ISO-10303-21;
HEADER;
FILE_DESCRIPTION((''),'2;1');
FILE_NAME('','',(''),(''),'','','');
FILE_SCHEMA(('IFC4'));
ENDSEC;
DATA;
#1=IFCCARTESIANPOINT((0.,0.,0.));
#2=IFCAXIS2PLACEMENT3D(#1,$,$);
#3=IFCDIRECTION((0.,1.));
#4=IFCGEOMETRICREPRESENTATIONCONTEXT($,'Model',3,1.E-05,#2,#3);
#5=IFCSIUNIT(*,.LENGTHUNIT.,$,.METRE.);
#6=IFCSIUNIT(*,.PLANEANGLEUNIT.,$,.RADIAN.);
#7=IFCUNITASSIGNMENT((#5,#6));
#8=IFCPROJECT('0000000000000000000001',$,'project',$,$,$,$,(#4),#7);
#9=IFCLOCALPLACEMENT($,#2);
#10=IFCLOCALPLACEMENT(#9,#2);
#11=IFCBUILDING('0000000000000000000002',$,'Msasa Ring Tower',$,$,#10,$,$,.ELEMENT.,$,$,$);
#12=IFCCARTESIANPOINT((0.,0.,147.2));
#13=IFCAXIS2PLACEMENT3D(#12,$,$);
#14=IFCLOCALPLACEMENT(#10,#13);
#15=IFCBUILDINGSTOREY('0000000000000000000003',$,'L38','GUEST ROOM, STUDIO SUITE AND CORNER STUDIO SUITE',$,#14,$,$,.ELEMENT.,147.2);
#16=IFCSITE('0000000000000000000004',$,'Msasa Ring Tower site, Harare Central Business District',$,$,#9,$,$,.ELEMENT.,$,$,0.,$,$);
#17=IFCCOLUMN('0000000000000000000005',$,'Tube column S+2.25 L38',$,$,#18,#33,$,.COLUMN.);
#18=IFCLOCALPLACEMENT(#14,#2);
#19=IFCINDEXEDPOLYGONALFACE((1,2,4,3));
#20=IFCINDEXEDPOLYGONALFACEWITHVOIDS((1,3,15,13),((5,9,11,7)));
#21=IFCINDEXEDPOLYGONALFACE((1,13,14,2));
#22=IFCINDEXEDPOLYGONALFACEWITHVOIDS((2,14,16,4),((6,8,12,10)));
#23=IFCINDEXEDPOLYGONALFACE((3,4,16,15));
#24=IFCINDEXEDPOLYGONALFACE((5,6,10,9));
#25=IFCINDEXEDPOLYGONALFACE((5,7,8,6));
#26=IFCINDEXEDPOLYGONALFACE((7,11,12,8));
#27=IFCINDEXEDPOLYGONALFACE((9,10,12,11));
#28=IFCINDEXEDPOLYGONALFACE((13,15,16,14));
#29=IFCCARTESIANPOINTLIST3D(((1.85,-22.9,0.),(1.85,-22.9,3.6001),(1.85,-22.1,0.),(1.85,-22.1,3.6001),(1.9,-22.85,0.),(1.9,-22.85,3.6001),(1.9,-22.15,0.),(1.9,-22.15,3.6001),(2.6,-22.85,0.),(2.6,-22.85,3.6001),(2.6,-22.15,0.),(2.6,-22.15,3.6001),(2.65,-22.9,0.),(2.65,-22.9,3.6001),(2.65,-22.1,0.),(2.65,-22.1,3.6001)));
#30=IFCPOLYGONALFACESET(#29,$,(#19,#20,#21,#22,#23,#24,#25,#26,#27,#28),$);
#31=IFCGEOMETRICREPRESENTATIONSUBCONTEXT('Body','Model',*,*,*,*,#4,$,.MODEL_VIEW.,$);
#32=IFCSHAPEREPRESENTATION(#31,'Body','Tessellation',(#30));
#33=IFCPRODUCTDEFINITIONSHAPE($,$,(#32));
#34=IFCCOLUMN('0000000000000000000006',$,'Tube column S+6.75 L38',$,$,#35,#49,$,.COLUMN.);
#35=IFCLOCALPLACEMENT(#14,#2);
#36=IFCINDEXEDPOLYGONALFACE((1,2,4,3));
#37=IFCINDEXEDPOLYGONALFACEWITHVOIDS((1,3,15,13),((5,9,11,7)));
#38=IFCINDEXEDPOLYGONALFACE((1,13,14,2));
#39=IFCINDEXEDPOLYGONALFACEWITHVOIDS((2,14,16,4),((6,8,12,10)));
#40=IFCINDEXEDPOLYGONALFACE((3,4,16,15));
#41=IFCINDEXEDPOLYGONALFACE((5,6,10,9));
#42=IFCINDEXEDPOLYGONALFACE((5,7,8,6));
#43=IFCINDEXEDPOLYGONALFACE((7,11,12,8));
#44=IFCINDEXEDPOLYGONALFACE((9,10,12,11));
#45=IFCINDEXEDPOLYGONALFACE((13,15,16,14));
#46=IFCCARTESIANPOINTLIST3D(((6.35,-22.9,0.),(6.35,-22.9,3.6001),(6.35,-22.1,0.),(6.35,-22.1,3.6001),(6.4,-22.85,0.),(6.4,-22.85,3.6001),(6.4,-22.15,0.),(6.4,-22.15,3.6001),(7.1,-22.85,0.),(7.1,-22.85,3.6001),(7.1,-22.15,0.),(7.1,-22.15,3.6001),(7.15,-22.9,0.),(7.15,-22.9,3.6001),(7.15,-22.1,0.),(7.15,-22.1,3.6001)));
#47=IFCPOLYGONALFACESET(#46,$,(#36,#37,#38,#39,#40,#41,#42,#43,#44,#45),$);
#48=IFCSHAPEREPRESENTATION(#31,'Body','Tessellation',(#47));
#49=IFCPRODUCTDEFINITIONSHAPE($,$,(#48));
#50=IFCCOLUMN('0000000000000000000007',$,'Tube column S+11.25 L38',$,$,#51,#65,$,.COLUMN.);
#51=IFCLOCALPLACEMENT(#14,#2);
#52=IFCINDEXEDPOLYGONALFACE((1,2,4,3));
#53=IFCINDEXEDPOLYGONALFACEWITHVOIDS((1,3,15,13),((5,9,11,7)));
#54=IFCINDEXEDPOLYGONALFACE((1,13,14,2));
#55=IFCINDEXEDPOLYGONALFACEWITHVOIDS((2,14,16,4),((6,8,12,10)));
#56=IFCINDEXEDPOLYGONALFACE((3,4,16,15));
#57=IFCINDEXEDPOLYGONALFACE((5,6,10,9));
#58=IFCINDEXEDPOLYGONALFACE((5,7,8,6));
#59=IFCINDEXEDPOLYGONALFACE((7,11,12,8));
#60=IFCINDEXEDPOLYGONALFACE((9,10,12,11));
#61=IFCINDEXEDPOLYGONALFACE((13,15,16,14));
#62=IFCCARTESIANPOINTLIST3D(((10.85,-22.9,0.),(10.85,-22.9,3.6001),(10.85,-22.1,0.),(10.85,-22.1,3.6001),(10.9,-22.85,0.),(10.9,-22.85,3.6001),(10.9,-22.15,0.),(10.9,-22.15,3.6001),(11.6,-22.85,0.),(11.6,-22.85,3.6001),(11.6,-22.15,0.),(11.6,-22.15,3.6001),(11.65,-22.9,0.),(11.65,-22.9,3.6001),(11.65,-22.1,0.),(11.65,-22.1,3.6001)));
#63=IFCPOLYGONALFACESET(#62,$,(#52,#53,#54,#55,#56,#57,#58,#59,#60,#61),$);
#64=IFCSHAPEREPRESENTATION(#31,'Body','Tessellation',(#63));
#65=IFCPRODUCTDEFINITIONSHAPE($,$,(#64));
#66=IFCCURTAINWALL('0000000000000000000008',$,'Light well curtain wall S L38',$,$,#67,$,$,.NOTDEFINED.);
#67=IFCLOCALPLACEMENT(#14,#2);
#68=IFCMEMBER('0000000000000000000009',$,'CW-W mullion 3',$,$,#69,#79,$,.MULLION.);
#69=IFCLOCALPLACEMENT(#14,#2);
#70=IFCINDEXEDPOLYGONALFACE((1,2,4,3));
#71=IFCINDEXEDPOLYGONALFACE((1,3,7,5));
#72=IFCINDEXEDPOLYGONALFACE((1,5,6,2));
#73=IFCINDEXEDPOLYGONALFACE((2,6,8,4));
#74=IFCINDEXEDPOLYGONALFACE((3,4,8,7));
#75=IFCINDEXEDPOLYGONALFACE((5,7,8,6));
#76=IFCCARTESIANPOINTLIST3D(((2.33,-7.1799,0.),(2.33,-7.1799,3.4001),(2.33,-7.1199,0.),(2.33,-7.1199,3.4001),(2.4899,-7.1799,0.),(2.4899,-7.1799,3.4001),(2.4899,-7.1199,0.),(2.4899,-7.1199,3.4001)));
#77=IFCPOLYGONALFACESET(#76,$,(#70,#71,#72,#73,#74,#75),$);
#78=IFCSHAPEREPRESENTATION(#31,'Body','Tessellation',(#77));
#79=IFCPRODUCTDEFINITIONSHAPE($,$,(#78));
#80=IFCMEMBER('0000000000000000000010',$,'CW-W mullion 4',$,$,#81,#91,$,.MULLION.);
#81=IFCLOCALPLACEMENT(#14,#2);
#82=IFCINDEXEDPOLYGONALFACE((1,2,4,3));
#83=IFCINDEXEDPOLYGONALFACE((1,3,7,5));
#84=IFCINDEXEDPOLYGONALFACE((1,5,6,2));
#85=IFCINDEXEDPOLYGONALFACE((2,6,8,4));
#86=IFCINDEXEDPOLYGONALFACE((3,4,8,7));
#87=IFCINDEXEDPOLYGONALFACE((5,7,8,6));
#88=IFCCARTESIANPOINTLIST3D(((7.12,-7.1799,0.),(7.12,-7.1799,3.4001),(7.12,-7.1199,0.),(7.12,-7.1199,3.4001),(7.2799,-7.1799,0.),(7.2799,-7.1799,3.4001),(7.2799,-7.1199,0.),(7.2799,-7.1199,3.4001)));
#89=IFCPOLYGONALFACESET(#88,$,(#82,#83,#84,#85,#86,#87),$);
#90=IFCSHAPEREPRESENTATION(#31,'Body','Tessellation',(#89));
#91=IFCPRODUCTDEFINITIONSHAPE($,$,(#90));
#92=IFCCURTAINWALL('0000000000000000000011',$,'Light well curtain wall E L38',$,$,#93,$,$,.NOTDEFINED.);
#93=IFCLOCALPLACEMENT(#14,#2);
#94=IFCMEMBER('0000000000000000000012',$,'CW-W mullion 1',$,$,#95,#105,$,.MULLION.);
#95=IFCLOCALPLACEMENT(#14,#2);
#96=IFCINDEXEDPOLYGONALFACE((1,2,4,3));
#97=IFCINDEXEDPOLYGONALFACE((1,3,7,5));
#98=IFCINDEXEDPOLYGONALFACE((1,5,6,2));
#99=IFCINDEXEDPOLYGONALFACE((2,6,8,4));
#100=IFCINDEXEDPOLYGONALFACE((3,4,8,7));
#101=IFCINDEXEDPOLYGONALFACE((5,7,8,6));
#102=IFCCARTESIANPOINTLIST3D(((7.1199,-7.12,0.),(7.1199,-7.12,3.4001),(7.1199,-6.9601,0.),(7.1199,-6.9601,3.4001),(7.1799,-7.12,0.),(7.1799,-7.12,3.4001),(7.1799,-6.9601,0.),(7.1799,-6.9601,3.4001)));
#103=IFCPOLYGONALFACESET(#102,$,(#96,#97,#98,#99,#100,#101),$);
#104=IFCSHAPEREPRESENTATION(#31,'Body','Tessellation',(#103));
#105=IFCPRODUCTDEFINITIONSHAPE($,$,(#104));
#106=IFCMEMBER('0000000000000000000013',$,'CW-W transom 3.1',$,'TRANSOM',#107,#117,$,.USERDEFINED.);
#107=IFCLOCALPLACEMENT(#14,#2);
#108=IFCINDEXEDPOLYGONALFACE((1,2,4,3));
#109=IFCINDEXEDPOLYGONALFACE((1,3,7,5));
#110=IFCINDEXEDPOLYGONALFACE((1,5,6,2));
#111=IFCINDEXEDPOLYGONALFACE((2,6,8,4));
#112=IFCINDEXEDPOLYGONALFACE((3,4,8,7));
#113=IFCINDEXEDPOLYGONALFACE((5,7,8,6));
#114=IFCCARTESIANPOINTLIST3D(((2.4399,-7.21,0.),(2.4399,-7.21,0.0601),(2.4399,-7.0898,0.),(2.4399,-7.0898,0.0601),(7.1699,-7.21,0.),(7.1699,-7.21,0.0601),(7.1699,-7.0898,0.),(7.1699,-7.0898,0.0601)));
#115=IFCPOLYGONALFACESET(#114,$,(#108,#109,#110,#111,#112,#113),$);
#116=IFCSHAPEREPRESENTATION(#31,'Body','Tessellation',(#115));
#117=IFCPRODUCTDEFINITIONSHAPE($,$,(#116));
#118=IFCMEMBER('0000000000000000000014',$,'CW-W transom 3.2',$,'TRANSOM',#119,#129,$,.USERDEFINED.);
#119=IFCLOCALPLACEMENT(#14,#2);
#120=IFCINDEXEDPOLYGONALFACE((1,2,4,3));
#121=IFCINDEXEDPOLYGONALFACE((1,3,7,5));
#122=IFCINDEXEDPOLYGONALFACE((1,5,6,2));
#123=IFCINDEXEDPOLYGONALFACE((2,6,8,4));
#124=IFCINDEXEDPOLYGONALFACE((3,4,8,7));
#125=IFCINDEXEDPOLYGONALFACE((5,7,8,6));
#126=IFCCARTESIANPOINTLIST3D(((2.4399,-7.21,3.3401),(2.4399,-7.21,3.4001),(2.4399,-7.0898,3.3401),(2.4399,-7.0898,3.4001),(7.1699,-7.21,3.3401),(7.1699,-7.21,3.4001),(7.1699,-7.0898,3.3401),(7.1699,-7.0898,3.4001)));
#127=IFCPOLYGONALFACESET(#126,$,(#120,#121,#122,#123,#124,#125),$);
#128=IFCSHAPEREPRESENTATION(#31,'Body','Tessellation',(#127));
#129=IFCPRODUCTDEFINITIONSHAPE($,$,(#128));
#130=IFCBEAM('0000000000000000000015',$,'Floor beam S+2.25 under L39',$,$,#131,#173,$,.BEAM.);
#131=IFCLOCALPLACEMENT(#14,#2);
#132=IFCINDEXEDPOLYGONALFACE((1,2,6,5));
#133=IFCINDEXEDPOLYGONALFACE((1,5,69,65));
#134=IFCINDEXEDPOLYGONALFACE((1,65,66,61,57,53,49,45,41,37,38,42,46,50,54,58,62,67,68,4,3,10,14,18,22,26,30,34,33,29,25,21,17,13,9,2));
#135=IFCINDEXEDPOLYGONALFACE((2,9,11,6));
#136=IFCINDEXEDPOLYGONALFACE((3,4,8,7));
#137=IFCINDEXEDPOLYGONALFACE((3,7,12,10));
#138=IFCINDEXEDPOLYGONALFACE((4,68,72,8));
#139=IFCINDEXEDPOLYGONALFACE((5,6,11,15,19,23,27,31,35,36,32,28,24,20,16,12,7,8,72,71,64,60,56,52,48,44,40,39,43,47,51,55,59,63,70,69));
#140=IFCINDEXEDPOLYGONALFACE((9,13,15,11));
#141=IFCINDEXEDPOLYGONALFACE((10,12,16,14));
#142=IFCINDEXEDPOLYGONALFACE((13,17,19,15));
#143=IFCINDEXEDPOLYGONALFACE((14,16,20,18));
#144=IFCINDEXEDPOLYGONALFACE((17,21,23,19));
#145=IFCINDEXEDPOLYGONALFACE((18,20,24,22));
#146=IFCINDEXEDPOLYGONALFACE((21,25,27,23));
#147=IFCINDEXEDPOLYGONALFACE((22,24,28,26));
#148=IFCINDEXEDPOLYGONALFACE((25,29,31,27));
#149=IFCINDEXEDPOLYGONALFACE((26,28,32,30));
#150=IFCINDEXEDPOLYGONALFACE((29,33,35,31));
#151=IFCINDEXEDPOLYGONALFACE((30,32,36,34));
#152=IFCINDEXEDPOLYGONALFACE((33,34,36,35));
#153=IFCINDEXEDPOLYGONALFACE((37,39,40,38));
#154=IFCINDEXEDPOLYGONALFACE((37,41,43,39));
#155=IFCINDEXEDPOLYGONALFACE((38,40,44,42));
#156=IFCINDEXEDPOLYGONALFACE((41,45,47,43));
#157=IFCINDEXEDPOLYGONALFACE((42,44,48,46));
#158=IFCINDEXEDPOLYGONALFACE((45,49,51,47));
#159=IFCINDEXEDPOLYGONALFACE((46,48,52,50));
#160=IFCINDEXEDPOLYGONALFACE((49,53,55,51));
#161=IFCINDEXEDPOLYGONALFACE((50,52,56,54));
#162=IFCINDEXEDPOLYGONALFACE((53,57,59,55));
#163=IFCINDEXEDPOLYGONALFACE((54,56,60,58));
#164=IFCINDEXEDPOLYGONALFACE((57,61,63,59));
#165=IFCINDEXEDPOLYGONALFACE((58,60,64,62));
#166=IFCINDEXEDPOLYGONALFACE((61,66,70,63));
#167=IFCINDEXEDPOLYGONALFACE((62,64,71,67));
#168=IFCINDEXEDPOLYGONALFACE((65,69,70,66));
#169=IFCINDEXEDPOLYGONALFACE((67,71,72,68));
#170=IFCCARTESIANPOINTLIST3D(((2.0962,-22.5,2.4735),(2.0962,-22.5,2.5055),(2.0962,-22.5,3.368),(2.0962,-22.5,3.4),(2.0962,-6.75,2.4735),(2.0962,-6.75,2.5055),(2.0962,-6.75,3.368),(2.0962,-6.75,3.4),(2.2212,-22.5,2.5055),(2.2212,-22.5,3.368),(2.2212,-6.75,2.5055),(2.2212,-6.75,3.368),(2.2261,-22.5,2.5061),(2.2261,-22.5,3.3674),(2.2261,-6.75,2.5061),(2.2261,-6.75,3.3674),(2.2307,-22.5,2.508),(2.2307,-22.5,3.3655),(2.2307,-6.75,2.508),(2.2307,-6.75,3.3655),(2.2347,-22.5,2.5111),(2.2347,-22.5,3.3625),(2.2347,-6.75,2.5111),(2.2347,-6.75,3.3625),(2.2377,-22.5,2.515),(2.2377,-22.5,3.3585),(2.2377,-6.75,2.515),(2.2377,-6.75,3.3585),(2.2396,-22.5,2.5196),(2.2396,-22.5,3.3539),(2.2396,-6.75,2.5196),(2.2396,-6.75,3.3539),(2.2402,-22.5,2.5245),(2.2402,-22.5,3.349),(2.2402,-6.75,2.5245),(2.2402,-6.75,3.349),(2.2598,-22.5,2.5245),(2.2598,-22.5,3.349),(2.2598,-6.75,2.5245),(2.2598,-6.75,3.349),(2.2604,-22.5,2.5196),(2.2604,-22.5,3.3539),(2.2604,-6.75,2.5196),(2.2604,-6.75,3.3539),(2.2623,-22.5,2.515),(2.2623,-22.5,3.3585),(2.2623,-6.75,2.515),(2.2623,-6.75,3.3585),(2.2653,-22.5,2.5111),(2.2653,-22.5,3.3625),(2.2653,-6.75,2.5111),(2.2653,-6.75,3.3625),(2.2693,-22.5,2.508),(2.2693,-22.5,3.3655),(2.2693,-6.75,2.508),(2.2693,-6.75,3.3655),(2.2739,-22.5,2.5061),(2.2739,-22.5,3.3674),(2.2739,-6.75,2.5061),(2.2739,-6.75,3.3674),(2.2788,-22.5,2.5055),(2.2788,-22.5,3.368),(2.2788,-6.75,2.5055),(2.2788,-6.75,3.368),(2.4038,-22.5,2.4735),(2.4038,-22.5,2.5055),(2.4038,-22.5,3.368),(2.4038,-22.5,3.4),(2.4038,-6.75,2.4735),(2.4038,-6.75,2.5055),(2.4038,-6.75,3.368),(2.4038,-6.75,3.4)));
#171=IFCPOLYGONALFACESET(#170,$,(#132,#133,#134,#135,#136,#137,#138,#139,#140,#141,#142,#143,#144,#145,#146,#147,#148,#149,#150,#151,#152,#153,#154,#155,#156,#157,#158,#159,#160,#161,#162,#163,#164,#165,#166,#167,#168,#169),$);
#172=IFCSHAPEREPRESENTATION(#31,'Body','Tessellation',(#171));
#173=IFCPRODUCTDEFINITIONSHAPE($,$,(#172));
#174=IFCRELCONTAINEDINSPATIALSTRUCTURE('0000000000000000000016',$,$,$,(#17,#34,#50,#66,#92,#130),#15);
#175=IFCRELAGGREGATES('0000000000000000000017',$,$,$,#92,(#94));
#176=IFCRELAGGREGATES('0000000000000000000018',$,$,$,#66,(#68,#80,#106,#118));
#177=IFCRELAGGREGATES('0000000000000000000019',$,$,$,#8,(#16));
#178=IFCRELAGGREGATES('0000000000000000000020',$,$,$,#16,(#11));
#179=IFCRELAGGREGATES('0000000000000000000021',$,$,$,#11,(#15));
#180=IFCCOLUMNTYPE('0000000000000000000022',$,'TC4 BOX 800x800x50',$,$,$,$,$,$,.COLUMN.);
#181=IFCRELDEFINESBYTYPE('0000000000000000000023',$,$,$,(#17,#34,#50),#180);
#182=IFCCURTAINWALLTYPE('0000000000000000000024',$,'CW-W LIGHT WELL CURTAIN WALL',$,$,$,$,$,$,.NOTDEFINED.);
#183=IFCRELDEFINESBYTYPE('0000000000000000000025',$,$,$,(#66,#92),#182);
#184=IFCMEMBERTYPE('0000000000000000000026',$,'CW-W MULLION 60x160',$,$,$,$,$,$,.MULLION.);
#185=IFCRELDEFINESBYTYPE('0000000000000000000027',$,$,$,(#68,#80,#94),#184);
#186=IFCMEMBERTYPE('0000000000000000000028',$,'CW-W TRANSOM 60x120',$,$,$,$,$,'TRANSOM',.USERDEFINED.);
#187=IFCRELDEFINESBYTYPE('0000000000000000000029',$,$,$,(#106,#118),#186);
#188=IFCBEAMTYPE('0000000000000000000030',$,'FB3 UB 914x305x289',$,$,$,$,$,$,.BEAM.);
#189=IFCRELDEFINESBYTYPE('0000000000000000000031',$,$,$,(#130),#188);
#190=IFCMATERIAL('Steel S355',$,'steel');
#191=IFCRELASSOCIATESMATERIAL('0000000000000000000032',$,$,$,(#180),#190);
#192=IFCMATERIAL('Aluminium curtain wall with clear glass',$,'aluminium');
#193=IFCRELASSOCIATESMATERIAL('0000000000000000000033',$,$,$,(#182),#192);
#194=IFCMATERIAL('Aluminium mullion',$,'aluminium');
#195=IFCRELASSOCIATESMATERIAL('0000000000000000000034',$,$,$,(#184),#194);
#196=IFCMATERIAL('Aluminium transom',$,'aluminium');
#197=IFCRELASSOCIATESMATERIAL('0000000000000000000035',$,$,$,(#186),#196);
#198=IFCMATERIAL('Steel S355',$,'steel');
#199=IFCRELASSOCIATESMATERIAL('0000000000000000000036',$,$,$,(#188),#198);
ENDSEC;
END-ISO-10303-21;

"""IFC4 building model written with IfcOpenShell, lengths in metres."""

from ifc_helpers import new_model, si_unit, direction, frame, origin, origin_2d, place, context, subcontext, project, spatial, rectangle, hollow_rectangle, i_section, extrude, material, material_profile, profile_set, type_object, element, aggregate, save


model = new_model("IFC4")

# Units and contexts
model_context = context("Model", 3, precision=1e-05, world=origin(), true_north=direction((0.0, 1.0)))
body_context = subcontext(model_context, "Body", "Model", "MODEL_VIEW")
ifc_project = project(units=[si_unit("LENGTHUNIT", "METRE"), si_unit("PLANEANGLEUNIT", "RADIAN")], contexts=[model_context])

# Site, building, storey
site_placement = place(None, origin())
site = spatial("IfcSite", under=ifc_project, at=site_placement, Name="Msasa Ring Tower site, Harare Central Business District", CompositionType="ELEMENT", RefElevation=0.0)
building_placement = place(site_placement, origin())
building = spatial("IfcBuilding", under=site, at=building_placement, Name="Msasa Ring Tower", CompositionType="ELEMENT")
storey_placement = place(building_placement, frame((0.0, 0.0, 147.2)))
storey = spatial("IfcBuildingStorey", under=building, at=storey_placement, Name="L38", Description="GUEST ROOM, STUDIO SUITE AND CORNER STUDIO SUITE", CompositionType="ELEMENT", Elevation=147.2)

# Columns
ifc_material_1 = material(Name="Steel S355", Category="steel")
ifc_material_profile_1 = material_profile(ifc_material_1, hollow_rectangle(XDim=0.8, YDim=0.8, WallThickness=0.05, at=origin_2d()), Name="BOX 800x800x50")
ifc_profile_set_1 = profile_set([ifc_material_profile_1], Name="Steel S355")
column_type = type_object("IfcColumnType", Name="TC4 BOX 800x800x50", PredefinedType="COLUMN", material=ifc_profile_set_1)
for number, where, z_axis, x_axis, name in (
    (1, (2.25, -22.5, 0.0), (0.0, 0.0, 1.0), (0.0, 1.0, 0.0), "Tube column S+2.25 L38"),
    (2, (6.75, -22.5, 0.0), (0.0, 0.0, 1.0), (0.0, 1.0, 0.0), "Tube column S+6.75 L38"),
    (3, (11.25, -22.5, 0.0), (0.0, 0.0, 1.0), (0.0, 1.0, 0.0), "Tube column S+11.25 L38"),
):
    element("IfcColumn", number, at=place(storey_placement, frame(where, z_axis=z_axis, x_axis=x_axis)), inside=storey, type_object=column_type, Name=name, PredefinedType="COLUMN", context=body_context, shape_type="SweptSolid", body=[
        extrude(hollow_rectangle(XDim=0.8, YDim=0.8, WallThickness=0.05, at=origin_2d()), origin(), (0.0, 0.0, 1.0), 3.6001),
    ])

# Curtain wall, members
ifc_material_2 = material(Name="Aluminium curtain wall with clear glass", Category="aluminium")
curtain_wall_type = type_object("IfcCurtainWallType", Name="CW-W LIGHT WELL CURTAIN WALL", PredefinedType="NOTDEFINED", material=ifc_material_2)
curtain_wall_1_placement = place(storey_placement, origin())
curtain_wall_1 = element("IfcCurtainWall", 4, at=curtain_wall_1_placement, inside=storey, type_object=curtain_wall_type, Name="Light well curtain wall S L38", PredefinedType="NOTDEFINED")
ifc_material_3 = material(Name="Aluminium mullion", Category="aluminium")
ifc_material_profile_2 = material_profile(ifc_material_3, rectangle(XDim=0.0601, YDim=0.1599, at=origin_2d()), Name="AL 60x160")
ifc_profile_set_2 = profile_set([ifc_material_profile_2], Name="Aluminium mullion")
member_type_1 = type_object("IfcMemberType", Name="CW-W MULLION 60x160", PredefinedType="MULLION", material=ifc_profile_set_2)
member_1_placement = place(storey_placement, frame((2.4099, -7.1499, 0.0), z_axis=(0.0, 0.0, 1.0), x_axis=(0.0, 1.0, 0.0)))
member_1 = element("IfcMember", 5, at=member_1_placement, type_object=member_type_1, Name="CW-W mullion 3", PredefinedType="MULLION", context=body_context, shape_type="SweptSolid", body=[
    extrude(rectangle(XDim=0.0601, YDim=0.1599, at=origin_2d()), origin(), (0.0, 0.0, 1.0), 3.4001),
])
member_2_placement = place(storey_placement, frame((7.2, -7.1499, 0.0), z_axis=(0.0, 0.0, 1.0), x_axis=(0.0, 1.0, 0.0)))
member_2 = element("IfcMember", 6, at=member_2_placement, type_object=member_type_1, Name="CW-W mullion 4", PredefinedType="MULLION", context=body_context, shape_type="SweptSolid", body=[
    extrude(rectangle(XDim=0.0601, YDim=0.1599, at=origin_2d()), origin(), (0.0, 0.0, 1.0), 3.4001),
])

# Curtain wall, member
curtain_wall_2_placement = place(storey_placement, origin())
curtain_wall_2 = element("IfcCurtainWall", 7, at=curtain_wall_2_placement, inside=storey, type_object=curtain_wall_type, Name="Light well curtain wall E L38", PredefinedType="NOTDEFINED")
member_3_placement = place(storey_placement, frame((7.1499, -7.04, 0.0), z_axis=(0.0, 0.0, 1.0), x_axis=(-1.0, 0.0, 0.0)))
member_3 = element("IfcMember", 8, at=member_3_placement, type_object=member_type_1, Name="CW-W mullion 1", PredefinedType="MULLION", context=body_context, shape_type="SweptSolid", body=[
    extrude(rectangle(XDim=0.0601, YDim=0.1599, at=origin_2d()), origin(), (0.0, 0.0, 1.0), 3.4001),
])
aggregate(curtain_wall_2, [member_3])

# Members
ifc_material_4 = material(Name="Aluminium transom", Category="aluminium")
ifc_material_profile_3 = material_profile(ifc_material_4, rectangle(XDim=0.1201, YDim=0.0601, at=origin_2d()), Name="AL 60x120")
ifc_profile_set_3 = profile_set([ifc_material_profile_3], Name="Aluminium transom")
member_type_2 = type_object("IfcMemberType", Name="CW-W TRANSOM 60x120", ElementType="TRANSOM", PredefinedType="USERDEFINED", material=ifc_profile_set_3)
member_4_placement = place(storey_placement, frame((2.4399, -7.1499, 0.03), z_axis=(1.0, 0.0, 0.0), x_axis=(0.0, 1.0, 0.0)))
member_4 = element("IfcMember", 9, at=member_4_placement, type_object=member_type_2, Name="CW-W transom 3.1", ObjectType="TRANSOM", PredefinedType="USERDEFINED", context=body_context, shape_type="SweptSolid", body=[
    extrude(rectangle(XDim=0.1201, YDim=0.0601, at=origin_2d()), origin(), (0.0, 0.0, 1.0), 4.73),
])
member_5_placement = place(storey_placement, frame((2.4399, -7.1499, 3.3701), z_axis=(1.0, 0.0, 0.0), x_axis=(0.0, 1.0, 0.0)))
member_5 = element("IfcMember", 10, at=member_5_placement, type_object=member_type_2, Name="CW-W transom 3.2", ObjectType="TRANSOM", PredefinedType="USERDEFINED", context=body_context, shape_type="SweptSolid", body=[
    extrude(rectangle(XDim=0.1201, YDim=0.0601, at=origin_2d()), origin(), (0.0, 0.0, 1.0), 4.73),
])

# Beam
ifc_material_5 = material(Name="Steel S355", Category="steel")
ifc_material_profile_4 = material_profile(ifc_material_5, i_section(OverallWidth=0.3076, OverallDepth=0.9265, WebThickness=0.0195, FlangeThickness=0.032, FilletRadius=0.019, at=origin_2d()), Name="UB 914x305x289")
ifc_profile_set_4 = profile_set([ifc_material_profile_4], Name="Steel S355")
beam_type_1 = type_object("IfcBeamType", Name="FB3 UB 914x305x289", PredefinedType="BEAM", material=ifc_profile_set_4)
for number, where, z_axis, x_axis, name in (
    (11, (2.25, -22.5, 2.9368), (0.0, 1.0, 0.0), (-1.0, 0.0, 0.0), "Floor beam S+2.25 under L39"),
):
    element("IfcBeam", number, at=place(storey_placement, frame(where, z_axis=z_axis, x_axis=x_axis)), inside=storey, type_object=beam_type_1, Name=name, PredefinedType="BEAM", context=body_context, shape_type="SweptSolid", body=[
        extrude(i_section(OverallWidth=0.3076, OverallDepth=0.9265, WebThickness=0.0195, FlangeThickness=0.032, FilletRadius=0.019, at=origin_2d()), origin(), (0.0, 0.0, 1.0), 15.75),
    ])

aggregate(curtain_wall_1, [member_1, member_2, member_4, member_5])

save(model, "model.ifc")
